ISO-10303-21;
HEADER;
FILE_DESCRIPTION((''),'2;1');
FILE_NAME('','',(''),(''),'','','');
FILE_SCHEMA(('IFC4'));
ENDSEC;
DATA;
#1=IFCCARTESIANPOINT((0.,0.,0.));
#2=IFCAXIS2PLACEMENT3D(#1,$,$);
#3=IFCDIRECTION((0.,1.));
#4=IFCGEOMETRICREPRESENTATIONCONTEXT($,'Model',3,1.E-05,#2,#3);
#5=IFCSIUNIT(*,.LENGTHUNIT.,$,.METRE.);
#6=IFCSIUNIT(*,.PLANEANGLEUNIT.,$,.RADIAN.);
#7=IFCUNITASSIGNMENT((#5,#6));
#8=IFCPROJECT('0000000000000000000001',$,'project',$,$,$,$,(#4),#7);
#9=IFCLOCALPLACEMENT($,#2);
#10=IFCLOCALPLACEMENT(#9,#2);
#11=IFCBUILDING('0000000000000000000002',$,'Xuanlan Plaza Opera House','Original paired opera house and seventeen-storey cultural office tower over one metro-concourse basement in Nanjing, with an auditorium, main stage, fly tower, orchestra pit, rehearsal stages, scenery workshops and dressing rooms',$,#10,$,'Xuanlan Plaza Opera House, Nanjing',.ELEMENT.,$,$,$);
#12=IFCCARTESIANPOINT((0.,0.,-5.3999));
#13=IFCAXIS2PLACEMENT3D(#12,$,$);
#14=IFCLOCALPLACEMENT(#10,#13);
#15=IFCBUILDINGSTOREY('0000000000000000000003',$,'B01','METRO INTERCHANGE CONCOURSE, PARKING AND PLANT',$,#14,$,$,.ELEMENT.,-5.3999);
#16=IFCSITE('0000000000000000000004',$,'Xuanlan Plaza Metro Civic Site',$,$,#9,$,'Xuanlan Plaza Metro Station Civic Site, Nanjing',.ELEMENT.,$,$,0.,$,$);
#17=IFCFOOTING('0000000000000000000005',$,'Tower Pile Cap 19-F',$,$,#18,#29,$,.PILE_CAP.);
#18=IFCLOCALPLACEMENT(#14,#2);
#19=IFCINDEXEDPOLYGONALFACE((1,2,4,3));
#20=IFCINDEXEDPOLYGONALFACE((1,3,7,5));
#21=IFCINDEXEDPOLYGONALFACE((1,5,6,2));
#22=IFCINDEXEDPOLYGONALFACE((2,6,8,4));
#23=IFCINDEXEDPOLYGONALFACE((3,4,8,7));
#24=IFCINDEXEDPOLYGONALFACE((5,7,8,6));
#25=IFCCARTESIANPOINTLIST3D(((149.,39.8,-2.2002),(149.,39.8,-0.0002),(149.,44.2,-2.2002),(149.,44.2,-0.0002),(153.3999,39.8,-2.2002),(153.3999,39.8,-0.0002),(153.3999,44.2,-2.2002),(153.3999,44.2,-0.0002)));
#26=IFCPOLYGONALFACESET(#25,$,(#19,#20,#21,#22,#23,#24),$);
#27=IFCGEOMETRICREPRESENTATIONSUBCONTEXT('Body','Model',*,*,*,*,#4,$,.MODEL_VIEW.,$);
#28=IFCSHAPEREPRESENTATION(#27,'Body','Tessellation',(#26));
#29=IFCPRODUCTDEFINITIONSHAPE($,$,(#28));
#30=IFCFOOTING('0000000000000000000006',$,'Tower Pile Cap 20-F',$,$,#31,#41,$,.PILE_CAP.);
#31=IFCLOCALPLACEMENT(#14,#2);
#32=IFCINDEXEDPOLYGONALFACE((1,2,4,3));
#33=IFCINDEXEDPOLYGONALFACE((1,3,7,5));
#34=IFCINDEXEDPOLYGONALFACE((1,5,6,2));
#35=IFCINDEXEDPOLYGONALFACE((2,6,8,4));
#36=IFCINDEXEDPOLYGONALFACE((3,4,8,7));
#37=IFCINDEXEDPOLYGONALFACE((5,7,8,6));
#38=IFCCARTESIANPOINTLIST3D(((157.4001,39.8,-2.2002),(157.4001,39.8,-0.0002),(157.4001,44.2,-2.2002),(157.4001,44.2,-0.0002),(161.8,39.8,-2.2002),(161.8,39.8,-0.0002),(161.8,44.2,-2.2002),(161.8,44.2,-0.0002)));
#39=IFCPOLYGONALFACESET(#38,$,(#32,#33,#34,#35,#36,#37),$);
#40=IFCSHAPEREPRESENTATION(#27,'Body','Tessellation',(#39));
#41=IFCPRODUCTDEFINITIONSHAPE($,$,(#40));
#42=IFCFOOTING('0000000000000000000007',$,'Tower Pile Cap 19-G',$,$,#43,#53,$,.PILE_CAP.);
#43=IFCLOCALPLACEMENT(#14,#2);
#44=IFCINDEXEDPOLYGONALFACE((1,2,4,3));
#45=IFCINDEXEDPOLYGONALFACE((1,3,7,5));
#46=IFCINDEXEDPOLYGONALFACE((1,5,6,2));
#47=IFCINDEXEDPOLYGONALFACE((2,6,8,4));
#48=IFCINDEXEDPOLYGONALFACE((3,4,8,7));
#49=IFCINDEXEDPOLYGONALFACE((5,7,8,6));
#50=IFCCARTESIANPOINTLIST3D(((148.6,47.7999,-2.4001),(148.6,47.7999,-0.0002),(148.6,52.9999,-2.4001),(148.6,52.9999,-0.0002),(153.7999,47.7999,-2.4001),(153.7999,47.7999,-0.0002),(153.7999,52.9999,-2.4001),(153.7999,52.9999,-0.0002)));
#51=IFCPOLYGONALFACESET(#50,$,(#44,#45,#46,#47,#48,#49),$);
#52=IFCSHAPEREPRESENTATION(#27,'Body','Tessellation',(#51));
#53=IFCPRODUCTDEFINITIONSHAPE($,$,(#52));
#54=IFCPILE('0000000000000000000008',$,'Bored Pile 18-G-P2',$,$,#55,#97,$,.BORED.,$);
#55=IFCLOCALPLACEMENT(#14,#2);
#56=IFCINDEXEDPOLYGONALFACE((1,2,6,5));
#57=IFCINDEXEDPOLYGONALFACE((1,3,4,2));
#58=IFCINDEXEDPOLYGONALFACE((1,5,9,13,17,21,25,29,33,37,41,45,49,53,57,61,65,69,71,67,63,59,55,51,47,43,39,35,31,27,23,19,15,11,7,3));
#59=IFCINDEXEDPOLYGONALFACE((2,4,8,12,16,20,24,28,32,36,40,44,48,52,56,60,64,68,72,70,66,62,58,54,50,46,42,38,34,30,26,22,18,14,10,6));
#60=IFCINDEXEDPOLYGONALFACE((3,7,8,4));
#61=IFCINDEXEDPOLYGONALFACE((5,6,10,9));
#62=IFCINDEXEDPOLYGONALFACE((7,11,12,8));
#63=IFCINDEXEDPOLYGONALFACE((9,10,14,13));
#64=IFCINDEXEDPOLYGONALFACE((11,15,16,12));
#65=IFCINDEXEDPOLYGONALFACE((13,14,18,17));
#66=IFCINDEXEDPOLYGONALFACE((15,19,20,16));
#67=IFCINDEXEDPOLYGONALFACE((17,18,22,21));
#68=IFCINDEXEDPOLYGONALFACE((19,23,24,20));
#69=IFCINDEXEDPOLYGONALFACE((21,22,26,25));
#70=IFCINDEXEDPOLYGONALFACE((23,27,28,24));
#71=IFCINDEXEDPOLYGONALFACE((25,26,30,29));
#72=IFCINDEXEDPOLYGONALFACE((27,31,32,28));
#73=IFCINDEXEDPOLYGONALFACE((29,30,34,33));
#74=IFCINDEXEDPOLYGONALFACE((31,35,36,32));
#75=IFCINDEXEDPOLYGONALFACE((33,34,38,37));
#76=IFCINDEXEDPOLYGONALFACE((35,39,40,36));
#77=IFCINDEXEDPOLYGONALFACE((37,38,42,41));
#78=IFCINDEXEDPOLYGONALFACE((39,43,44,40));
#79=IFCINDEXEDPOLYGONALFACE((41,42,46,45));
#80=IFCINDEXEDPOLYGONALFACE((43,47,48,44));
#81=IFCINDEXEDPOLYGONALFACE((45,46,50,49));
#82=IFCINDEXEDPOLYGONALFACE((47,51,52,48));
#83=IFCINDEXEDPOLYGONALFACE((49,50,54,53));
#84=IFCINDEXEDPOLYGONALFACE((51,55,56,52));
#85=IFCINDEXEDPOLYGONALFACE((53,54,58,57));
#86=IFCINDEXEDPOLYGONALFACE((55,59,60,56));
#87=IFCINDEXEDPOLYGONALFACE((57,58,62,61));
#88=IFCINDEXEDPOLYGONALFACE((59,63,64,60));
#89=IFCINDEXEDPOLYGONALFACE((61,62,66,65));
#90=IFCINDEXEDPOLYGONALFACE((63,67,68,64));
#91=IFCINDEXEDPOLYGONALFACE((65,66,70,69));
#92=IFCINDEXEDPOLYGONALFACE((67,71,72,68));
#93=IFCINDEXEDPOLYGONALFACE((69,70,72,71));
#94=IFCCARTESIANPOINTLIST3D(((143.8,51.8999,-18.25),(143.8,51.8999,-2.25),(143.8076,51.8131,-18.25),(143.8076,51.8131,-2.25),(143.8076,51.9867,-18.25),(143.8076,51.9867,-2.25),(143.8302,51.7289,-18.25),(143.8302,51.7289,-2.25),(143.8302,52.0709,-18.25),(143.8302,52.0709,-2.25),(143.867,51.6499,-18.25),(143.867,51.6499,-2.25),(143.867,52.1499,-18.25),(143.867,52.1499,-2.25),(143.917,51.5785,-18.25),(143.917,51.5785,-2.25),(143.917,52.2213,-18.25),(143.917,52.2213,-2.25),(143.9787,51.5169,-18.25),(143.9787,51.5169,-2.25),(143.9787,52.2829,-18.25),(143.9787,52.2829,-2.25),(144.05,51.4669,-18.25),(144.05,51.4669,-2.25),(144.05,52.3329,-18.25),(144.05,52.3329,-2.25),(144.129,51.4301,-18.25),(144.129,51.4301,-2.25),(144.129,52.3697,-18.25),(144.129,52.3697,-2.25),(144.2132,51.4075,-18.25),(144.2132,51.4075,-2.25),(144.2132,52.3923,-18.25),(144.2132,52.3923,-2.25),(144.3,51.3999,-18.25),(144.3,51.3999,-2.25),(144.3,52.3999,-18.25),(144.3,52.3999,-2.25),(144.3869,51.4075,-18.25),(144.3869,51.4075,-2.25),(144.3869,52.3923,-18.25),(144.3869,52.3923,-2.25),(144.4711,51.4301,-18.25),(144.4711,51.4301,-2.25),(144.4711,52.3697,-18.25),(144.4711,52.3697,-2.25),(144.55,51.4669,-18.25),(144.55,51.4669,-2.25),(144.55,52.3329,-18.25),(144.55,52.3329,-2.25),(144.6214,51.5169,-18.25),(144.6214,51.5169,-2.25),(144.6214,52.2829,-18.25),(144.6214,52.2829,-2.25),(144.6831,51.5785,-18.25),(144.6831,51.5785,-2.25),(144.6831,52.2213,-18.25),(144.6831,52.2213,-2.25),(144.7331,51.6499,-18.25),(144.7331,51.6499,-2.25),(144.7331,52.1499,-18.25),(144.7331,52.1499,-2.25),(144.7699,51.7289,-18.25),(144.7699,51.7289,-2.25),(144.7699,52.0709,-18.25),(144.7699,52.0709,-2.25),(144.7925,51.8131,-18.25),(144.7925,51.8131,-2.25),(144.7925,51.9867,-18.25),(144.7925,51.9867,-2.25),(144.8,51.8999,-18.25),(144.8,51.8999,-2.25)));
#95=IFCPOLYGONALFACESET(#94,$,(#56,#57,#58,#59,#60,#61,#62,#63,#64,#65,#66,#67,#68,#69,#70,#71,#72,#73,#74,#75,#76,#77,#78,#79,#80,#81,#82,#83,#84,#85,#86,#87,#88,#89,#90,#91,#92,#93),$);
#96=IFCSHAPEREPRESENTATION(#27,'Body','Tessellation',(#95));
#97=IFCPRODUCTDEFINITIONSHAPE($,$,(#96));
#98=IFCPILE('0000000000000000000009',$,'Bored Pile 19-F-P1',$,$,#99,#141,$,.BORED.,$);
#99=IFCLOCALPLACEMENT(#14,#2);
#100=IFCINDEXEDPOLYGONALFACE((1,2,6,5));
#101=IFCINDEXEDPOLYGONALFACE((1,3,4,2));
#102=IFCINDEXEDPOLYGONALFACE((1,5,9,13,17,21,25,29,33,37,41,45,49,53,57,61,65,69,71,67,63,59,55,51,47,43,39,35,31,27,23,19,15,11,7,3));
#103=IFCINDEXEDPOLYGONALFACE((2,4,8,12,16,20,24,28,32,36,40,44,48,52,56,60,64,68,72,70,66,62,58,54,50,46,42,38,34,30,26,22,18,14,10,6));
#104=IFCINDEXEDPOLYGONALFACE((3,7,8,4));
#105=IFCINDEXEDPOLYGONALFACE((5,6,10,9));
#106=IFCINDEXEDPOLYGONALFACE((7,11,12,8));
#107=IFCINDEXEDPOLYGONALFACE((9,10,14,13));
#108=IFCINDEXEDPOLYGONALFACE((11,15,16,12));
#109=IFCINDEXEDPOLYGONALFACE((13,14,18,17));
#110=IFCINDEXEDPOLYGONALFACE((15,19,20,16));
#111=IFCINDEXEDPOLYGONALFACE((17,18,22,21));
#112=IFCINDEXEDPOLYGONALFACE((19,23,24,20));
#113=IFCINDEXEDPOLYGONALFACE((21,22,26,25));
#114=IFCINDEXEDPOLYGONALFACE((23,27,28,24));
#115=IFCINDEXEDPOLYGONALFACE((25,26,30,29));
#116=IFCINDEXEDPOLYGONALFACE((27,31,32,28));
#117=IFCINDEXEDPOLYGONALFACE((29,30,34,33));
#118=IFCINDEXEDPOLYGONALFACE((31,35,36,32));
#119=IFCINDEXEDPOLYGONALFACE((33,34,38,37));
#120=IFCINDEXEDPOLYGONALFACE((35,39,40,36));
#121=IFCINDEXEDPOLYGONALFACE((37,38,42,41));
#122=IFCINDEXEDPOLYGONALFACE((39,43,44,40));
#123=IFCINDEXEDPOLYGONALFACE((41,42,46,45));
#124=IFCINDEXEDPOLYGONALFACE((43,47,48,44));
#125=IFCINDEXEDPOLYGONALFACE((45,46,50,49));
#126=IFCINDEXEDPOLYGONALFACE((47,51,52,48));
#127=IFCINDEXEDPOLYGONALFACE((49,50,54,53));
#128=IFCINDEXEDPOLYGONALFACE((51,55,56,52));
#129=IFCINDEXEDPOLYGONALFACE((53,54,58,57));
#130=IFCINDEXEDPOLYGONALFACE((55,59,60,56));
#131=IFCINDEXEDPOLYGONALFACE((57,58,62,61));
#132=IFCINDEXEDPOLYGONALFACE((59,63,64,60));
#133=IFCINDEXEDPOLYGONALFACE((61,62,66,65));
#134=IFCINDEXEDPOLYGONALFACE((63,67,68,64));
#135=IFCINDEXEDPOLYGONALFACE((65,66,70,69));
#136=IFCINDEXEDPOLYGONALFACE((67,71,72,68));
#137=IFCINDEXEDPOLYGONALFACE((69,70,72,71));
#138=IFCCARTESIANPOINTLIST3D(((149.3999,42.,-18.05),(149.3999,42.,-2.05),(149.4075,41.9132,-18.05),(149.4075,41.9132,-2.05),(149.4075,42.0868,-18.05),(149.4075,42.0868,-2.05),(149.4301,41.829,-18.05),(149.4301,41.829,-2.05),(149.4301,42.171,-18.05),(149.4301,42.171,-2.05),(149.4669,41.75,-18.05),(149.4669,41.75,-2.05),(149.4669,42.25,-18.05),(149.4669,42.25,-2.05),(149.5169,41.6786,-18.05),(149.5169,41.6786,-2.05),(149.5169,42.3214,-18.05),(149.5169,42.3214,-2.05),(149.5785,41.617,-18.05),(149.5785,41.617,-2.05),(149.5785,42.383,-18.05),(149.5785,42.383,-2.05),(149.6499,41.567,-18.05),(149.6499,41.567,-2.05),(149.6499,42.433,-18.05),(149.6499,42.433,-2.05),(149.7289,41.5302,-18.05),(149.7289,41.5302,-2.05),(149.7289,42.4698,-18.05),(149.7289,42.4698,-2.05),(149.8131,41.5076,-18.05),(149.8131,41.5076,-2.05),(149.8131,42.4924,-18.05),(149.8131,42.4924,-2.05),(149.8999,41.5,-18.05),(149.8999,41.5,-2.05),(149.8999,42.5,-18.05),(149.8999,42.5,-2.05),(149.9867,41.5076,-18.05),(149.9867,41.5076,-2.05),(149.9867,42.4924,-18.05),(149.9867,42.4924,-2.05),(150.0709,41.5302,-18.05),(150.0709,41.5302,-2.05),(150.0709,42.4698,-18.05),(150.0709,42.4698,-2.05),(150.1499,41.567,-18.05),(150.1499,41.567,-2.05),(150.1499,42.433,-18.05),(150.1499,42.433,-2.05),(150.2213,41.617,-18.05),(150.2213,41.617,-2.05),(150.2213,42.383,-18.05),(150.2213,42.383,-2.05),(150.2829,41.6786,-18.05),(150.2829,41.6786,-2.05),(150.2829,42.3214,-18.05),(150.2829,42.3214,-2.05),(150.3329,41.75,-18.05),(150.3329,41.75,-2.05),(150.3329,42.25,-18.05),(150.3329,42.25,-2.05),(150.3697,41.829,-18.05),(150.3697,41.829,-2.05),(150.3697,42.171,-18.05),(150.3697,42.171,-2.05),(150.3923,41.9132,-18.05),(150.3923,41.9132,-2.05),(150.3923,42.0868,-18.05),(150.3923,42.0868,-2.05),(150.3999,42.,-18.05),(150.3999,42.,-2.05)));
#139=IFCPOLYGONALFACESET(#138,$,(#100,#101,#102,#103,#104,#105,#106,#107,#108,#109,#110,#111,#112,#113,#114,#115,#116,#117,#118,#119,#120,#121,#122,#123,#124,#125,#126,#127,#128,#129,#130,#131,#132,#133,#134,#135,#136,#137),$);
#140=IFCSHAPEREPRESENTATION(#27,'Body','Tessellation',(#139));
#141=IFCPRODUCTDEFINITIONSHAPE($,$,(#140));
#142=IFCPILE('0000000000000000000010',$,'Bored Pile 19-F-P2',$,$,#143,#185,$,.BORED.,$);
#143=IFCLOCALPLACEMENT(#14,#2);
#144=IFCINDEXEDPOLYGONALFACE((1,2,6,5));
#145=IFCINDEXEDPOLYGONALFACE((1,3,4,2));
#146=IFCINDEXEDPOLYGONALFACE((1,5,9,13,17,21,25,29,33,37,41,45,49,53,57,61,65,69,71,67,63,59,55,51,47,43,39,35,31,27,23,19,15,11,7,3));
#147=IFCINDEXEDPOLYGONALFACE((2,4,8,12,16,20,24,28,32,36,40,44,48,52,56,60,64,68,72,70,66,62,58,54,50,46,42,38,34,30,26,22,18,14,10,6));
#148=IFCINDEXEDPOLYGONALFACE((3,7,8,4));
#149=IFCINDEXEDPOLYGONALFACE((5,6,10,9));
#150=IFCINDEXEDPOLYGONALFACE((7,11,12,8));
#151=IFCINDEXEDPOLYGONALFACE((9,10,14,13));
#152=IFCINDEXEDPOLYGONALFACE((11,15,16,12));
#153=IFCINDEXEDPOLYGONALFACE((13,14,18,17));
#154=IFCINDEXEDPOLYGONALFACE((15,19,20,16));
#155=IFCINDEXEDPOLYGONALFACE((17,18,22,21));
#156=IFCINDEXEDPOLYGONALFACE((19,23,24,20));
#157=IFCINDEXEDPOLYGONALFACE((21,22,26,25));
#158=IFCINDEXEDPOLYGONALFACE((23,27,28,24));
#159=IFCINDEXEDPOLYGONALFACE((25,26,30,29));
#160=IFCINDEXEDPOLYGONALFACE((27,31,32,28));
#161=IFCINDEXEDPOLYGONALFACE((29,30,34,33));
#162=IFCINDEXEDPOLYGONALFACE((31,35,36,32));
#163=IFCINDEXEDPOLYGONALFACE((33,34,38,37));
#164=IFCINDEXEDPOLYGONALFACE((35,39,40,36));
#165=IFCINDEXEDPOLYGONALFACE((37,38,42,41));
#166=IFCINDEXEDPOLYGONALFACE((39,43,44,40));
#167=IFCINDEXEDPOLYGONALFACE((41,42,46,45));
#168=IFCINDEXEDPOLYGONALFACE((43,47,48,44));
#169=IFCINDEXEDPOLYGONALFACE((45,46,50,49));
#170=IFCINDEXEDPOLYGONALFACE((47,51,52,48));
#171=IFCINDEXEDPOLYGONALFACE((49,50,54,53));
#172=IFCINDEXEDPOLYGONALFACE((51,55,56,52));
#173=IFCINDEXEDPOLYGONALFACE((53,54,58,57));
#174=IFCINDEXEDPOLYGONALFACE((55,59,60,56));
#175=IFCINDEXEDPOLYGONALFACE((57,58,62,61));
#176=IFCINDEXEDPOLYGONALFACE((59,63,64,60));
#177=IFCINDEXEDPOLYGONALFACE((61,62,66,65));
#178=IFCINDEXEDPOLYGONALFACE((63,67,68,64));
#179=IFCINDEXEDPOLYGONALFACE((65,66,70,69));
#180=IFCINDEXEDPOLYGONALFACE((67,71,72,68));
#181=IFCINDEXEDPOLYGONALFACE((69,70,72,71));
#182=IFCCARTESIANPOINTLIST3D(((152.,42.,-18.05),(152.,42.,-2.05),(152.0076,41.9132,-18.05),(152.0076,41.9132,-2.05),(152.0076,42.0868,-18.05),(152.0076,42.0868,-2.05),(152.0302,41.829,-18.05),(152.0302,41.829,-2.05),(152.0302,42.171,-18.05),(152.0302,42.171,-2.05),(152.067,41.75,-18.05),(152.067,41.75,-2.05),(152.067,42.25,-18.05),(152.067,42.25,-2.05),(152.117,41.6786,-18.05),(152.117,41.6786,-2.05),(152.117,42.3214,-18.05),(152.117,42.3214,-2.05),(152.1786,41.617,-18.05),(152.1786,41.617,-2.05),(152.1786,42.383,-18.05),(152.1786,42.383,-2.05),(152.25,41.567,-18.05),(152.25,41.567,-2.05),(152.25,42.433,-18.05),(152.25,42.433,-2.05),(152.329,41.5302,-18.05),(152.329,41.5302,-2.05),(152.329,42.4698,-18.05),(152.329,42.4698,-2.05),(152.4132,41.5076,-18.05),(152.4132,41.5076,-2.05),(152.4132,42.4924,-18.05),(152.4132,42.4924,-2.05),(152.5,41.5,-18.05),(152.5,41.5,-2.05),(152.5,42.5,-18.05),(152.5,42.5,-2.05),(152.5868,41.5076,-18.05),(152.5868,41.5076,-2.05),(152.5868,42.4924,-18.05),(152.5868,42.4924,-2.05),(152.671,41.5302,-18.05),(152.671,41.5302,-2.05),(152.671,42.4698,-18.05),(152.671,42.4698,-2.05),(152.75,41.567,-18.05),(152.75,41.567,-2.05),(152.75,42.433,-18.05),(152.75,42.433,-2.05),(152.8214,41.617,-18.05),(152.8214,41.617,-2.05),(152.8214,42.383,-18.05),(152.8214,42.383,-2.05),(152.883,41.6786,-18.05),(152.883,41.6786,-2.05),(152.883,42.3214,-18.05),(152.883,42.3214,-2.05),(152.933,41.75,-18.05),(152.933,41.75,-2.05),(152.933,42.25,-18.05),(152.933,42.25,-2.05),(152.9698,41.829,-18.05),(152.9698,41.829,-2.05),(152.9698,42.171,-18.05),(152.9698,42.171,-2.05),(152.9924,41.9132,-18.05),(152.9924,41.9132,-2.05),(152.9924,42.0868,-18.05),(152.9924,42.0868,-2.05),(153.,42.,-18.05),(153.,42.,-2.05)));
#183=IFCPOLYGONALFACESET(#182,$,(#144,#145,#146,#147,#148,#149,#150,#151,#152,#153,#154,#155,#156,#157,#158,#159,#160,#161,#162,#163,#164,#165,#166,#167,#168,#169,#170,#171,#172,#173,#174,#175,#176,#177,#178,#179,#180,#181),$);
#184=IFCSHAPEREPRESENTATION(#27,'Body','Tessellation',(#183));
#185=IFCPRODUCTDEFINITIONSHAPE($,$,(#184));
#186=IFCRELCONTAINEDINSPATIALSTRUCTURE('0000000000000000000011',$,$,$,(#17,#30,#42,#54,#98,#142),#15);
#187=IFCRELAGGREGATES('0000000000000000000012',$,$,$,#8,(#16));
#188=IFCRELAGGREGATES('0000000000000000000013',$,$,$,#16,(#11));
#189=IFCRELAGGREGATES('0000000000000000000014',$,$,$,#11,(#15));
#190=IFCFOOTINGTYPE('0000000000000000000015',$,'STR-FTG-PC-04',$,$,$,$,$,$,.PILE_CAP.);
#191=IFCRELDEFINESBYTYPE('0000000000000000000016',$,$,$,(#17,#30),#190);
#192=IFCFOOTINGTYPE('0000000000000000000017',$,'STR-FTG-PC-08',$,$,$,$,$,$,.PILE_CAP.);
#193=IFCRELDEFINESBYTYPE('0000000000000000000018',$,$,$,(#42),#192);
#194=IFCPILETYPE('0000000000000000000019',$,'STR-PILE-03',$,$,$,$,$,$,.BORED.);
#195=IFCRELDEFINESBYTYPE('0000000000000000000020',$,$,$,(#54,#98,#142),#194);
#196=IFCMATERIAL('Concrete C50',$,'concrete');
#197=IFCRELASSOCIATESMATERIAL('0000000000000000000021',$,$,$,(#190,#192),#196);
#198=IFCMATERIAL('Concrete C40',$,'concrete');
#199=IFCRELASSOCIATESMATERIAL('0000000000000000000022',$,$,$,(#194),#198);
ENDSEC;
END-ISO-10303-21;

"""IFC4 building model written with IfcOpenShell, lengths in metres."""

from ifc_helpers import new_model, si_unit, direction, frame, origin, origin_2d, place, context, subcontext, project, spatial, rectangle, circle, extrude, material, material_profile, profile_set, type_object, element, save


model = new_model("IFC4")

# Units and contexts
model_context = context("Model", 3, precision=1e-05, world=origin(), true_north=direction((0.0, 1.0)))
body_context = subcontext(model_context, "Body", "Model", "MODEL_VIEW")
ifc_project = project(units=[si_unit("LENGTHUNIT", "METRE"), si_unit("PLANEANGLEUNIT", "RADIAN")], contexts=[model_context])

# Site, building, storey
site_placement = place(None, origin())
site = spatial("IfcSite", under=ifc_project, at=site_placement, Name="Xuanlan Plaza Metro Civic Site", LongName="Xuanlan Plaza Metro Station Civic Site, Nanjing", CompositionType="ELEMENT", RefElevation=0.0)
building_placement = place(site_placement, origin())
building = spatial("IfcBuilding", under=site, at=building_placement, Name="Xuanlan Plaza Opera House", Description="Original paired opera house and seventeen-storey cultural office tower over one metro-concourse basement in Nanjing, with an auditorium, main stage, fly tower, orchestra pit, rehearsal stages, scenery workshops and dressing rooms", LongName="Xuanlan Plaza Opera House, Nanjing", CompositionType="ELEMENT")
storey_placement = place(building_placement, frame((0.0, 0.0, -5.3999)))
storey = spatial("IfcBuildingStorey", under=building, at=storey_placement, Name="B01", Description="METRO INTERCHANGE CONCOURSE, PARKING AND PLANT", CompositionType="ELEMENT", Elevation=-5.3999)

# Footings
ifc_material_1 = material(Name="Concrete C50", Category="concrete")
footing_type_1 = type_object("IfcFootingType", Name="STR-FTG-PC-04", PredefinedType="PILE_CAP", material=ifc_material_1)
for number, where, z_axis, x_axis, name in (
    (1, (151.2, 42.0, -2.2002), (0.0, 0.0, 1.0), (1.0, 0.0, 0.0), "Tower Pile Cap 19-F"),
    (2, (159.6001, 42.0, -2.2002), (0.0, 0.0, 1.0), (1.0, 0.0, 0.0), "Tower Pile Cap 20-F"),
):
    element("IfcFooting", number, at=place(storey_placement, frame(where, z_axis=z_axis, x_axis=x_axis)), inside=storey, type_object=footing_type_1, Name=name, PredefinedType="PILE_CAP", context=body_context, shape_type="SweptSolid", body=[
        extrude(rectangle(XDim=4.3999, YDim=4.3999, at=origin_2d()), origin(), (0.0, 0.0, 1.0), 2.2),
    ])
footing_type_2 = type_object("IfcFootingType", Name="STR-FTG-PC-08", PredefinedType="PILE_CAP", material=ifc_material_1)
footing_placement = place(storey_placement, frame((151.2, 50.3999, -2.4001), z_axis=(0.0, 0.0, 1.0), x_axis=(1.0, 0.0, 0.0)))
element("IfcFooting", 3, at=footing_placement, inside=storey, type_object=footing_type_2, Name="Tower Pile Cap 19-G", PredefinedType="PILE_CAP", context=body_context, shape_type="SweptSolid", body=[
    extrude(rectangle(XDim=5.2, YDim=5.2, at=origin_2d()), origin(), (0.0, 0.0, 1.0), 2.3999),
])

# Piles
ifc_material_2 = material(Name="Concrete C40", Category="concrete")
ifc_material_profile_1 = material_profile(ifc_material_2, circle(Radius=0.5, at=origin_2d()), Name="PILE D1000")
ifc_profile_set_1 = profile_set([ifc_material_profile_1], Name="Concrete C40")
pile_type = type_object("IfcPileType", Name="STR-PILE-03", PredefinedType="BORED", material=ifc_profile_set_1)
for number, where, z_axis, x_axis, name in (
    (4, (144.3, 51.8999, -2.25), (0.0, 0.0, -1.0), (1.0, 0.0, 0.0), "Bored Pile 18-G-P2"),
    (5, (149.8999, 42.0, -2.05), (0.0, 0.0, -1.0), (1.0, 0.0, 0.0), "Bored Pile 19-F-P1"),
    (6, (152.5, 42.0, -2.05), (0.0, 0.0, -1.0), (1.0, 0.0, 0.0), "Bored Pile 19-F-P2"),
):
    element("IfcPile", number, at=place(storey_placement, frame(where, z_axis=z_axis, x_axis=x_axis)), inside=storey, type_object=pile_type, Name=name, PredefinedType="BORED", context=body_context, shape_type="SweptSolid", body=[
        extrude(circle(Radius=0.5, at=origin_2d()), origin(), (0.0, 0.0, 1.0), 16.0),
    ])

save(model, "model.ifc")
